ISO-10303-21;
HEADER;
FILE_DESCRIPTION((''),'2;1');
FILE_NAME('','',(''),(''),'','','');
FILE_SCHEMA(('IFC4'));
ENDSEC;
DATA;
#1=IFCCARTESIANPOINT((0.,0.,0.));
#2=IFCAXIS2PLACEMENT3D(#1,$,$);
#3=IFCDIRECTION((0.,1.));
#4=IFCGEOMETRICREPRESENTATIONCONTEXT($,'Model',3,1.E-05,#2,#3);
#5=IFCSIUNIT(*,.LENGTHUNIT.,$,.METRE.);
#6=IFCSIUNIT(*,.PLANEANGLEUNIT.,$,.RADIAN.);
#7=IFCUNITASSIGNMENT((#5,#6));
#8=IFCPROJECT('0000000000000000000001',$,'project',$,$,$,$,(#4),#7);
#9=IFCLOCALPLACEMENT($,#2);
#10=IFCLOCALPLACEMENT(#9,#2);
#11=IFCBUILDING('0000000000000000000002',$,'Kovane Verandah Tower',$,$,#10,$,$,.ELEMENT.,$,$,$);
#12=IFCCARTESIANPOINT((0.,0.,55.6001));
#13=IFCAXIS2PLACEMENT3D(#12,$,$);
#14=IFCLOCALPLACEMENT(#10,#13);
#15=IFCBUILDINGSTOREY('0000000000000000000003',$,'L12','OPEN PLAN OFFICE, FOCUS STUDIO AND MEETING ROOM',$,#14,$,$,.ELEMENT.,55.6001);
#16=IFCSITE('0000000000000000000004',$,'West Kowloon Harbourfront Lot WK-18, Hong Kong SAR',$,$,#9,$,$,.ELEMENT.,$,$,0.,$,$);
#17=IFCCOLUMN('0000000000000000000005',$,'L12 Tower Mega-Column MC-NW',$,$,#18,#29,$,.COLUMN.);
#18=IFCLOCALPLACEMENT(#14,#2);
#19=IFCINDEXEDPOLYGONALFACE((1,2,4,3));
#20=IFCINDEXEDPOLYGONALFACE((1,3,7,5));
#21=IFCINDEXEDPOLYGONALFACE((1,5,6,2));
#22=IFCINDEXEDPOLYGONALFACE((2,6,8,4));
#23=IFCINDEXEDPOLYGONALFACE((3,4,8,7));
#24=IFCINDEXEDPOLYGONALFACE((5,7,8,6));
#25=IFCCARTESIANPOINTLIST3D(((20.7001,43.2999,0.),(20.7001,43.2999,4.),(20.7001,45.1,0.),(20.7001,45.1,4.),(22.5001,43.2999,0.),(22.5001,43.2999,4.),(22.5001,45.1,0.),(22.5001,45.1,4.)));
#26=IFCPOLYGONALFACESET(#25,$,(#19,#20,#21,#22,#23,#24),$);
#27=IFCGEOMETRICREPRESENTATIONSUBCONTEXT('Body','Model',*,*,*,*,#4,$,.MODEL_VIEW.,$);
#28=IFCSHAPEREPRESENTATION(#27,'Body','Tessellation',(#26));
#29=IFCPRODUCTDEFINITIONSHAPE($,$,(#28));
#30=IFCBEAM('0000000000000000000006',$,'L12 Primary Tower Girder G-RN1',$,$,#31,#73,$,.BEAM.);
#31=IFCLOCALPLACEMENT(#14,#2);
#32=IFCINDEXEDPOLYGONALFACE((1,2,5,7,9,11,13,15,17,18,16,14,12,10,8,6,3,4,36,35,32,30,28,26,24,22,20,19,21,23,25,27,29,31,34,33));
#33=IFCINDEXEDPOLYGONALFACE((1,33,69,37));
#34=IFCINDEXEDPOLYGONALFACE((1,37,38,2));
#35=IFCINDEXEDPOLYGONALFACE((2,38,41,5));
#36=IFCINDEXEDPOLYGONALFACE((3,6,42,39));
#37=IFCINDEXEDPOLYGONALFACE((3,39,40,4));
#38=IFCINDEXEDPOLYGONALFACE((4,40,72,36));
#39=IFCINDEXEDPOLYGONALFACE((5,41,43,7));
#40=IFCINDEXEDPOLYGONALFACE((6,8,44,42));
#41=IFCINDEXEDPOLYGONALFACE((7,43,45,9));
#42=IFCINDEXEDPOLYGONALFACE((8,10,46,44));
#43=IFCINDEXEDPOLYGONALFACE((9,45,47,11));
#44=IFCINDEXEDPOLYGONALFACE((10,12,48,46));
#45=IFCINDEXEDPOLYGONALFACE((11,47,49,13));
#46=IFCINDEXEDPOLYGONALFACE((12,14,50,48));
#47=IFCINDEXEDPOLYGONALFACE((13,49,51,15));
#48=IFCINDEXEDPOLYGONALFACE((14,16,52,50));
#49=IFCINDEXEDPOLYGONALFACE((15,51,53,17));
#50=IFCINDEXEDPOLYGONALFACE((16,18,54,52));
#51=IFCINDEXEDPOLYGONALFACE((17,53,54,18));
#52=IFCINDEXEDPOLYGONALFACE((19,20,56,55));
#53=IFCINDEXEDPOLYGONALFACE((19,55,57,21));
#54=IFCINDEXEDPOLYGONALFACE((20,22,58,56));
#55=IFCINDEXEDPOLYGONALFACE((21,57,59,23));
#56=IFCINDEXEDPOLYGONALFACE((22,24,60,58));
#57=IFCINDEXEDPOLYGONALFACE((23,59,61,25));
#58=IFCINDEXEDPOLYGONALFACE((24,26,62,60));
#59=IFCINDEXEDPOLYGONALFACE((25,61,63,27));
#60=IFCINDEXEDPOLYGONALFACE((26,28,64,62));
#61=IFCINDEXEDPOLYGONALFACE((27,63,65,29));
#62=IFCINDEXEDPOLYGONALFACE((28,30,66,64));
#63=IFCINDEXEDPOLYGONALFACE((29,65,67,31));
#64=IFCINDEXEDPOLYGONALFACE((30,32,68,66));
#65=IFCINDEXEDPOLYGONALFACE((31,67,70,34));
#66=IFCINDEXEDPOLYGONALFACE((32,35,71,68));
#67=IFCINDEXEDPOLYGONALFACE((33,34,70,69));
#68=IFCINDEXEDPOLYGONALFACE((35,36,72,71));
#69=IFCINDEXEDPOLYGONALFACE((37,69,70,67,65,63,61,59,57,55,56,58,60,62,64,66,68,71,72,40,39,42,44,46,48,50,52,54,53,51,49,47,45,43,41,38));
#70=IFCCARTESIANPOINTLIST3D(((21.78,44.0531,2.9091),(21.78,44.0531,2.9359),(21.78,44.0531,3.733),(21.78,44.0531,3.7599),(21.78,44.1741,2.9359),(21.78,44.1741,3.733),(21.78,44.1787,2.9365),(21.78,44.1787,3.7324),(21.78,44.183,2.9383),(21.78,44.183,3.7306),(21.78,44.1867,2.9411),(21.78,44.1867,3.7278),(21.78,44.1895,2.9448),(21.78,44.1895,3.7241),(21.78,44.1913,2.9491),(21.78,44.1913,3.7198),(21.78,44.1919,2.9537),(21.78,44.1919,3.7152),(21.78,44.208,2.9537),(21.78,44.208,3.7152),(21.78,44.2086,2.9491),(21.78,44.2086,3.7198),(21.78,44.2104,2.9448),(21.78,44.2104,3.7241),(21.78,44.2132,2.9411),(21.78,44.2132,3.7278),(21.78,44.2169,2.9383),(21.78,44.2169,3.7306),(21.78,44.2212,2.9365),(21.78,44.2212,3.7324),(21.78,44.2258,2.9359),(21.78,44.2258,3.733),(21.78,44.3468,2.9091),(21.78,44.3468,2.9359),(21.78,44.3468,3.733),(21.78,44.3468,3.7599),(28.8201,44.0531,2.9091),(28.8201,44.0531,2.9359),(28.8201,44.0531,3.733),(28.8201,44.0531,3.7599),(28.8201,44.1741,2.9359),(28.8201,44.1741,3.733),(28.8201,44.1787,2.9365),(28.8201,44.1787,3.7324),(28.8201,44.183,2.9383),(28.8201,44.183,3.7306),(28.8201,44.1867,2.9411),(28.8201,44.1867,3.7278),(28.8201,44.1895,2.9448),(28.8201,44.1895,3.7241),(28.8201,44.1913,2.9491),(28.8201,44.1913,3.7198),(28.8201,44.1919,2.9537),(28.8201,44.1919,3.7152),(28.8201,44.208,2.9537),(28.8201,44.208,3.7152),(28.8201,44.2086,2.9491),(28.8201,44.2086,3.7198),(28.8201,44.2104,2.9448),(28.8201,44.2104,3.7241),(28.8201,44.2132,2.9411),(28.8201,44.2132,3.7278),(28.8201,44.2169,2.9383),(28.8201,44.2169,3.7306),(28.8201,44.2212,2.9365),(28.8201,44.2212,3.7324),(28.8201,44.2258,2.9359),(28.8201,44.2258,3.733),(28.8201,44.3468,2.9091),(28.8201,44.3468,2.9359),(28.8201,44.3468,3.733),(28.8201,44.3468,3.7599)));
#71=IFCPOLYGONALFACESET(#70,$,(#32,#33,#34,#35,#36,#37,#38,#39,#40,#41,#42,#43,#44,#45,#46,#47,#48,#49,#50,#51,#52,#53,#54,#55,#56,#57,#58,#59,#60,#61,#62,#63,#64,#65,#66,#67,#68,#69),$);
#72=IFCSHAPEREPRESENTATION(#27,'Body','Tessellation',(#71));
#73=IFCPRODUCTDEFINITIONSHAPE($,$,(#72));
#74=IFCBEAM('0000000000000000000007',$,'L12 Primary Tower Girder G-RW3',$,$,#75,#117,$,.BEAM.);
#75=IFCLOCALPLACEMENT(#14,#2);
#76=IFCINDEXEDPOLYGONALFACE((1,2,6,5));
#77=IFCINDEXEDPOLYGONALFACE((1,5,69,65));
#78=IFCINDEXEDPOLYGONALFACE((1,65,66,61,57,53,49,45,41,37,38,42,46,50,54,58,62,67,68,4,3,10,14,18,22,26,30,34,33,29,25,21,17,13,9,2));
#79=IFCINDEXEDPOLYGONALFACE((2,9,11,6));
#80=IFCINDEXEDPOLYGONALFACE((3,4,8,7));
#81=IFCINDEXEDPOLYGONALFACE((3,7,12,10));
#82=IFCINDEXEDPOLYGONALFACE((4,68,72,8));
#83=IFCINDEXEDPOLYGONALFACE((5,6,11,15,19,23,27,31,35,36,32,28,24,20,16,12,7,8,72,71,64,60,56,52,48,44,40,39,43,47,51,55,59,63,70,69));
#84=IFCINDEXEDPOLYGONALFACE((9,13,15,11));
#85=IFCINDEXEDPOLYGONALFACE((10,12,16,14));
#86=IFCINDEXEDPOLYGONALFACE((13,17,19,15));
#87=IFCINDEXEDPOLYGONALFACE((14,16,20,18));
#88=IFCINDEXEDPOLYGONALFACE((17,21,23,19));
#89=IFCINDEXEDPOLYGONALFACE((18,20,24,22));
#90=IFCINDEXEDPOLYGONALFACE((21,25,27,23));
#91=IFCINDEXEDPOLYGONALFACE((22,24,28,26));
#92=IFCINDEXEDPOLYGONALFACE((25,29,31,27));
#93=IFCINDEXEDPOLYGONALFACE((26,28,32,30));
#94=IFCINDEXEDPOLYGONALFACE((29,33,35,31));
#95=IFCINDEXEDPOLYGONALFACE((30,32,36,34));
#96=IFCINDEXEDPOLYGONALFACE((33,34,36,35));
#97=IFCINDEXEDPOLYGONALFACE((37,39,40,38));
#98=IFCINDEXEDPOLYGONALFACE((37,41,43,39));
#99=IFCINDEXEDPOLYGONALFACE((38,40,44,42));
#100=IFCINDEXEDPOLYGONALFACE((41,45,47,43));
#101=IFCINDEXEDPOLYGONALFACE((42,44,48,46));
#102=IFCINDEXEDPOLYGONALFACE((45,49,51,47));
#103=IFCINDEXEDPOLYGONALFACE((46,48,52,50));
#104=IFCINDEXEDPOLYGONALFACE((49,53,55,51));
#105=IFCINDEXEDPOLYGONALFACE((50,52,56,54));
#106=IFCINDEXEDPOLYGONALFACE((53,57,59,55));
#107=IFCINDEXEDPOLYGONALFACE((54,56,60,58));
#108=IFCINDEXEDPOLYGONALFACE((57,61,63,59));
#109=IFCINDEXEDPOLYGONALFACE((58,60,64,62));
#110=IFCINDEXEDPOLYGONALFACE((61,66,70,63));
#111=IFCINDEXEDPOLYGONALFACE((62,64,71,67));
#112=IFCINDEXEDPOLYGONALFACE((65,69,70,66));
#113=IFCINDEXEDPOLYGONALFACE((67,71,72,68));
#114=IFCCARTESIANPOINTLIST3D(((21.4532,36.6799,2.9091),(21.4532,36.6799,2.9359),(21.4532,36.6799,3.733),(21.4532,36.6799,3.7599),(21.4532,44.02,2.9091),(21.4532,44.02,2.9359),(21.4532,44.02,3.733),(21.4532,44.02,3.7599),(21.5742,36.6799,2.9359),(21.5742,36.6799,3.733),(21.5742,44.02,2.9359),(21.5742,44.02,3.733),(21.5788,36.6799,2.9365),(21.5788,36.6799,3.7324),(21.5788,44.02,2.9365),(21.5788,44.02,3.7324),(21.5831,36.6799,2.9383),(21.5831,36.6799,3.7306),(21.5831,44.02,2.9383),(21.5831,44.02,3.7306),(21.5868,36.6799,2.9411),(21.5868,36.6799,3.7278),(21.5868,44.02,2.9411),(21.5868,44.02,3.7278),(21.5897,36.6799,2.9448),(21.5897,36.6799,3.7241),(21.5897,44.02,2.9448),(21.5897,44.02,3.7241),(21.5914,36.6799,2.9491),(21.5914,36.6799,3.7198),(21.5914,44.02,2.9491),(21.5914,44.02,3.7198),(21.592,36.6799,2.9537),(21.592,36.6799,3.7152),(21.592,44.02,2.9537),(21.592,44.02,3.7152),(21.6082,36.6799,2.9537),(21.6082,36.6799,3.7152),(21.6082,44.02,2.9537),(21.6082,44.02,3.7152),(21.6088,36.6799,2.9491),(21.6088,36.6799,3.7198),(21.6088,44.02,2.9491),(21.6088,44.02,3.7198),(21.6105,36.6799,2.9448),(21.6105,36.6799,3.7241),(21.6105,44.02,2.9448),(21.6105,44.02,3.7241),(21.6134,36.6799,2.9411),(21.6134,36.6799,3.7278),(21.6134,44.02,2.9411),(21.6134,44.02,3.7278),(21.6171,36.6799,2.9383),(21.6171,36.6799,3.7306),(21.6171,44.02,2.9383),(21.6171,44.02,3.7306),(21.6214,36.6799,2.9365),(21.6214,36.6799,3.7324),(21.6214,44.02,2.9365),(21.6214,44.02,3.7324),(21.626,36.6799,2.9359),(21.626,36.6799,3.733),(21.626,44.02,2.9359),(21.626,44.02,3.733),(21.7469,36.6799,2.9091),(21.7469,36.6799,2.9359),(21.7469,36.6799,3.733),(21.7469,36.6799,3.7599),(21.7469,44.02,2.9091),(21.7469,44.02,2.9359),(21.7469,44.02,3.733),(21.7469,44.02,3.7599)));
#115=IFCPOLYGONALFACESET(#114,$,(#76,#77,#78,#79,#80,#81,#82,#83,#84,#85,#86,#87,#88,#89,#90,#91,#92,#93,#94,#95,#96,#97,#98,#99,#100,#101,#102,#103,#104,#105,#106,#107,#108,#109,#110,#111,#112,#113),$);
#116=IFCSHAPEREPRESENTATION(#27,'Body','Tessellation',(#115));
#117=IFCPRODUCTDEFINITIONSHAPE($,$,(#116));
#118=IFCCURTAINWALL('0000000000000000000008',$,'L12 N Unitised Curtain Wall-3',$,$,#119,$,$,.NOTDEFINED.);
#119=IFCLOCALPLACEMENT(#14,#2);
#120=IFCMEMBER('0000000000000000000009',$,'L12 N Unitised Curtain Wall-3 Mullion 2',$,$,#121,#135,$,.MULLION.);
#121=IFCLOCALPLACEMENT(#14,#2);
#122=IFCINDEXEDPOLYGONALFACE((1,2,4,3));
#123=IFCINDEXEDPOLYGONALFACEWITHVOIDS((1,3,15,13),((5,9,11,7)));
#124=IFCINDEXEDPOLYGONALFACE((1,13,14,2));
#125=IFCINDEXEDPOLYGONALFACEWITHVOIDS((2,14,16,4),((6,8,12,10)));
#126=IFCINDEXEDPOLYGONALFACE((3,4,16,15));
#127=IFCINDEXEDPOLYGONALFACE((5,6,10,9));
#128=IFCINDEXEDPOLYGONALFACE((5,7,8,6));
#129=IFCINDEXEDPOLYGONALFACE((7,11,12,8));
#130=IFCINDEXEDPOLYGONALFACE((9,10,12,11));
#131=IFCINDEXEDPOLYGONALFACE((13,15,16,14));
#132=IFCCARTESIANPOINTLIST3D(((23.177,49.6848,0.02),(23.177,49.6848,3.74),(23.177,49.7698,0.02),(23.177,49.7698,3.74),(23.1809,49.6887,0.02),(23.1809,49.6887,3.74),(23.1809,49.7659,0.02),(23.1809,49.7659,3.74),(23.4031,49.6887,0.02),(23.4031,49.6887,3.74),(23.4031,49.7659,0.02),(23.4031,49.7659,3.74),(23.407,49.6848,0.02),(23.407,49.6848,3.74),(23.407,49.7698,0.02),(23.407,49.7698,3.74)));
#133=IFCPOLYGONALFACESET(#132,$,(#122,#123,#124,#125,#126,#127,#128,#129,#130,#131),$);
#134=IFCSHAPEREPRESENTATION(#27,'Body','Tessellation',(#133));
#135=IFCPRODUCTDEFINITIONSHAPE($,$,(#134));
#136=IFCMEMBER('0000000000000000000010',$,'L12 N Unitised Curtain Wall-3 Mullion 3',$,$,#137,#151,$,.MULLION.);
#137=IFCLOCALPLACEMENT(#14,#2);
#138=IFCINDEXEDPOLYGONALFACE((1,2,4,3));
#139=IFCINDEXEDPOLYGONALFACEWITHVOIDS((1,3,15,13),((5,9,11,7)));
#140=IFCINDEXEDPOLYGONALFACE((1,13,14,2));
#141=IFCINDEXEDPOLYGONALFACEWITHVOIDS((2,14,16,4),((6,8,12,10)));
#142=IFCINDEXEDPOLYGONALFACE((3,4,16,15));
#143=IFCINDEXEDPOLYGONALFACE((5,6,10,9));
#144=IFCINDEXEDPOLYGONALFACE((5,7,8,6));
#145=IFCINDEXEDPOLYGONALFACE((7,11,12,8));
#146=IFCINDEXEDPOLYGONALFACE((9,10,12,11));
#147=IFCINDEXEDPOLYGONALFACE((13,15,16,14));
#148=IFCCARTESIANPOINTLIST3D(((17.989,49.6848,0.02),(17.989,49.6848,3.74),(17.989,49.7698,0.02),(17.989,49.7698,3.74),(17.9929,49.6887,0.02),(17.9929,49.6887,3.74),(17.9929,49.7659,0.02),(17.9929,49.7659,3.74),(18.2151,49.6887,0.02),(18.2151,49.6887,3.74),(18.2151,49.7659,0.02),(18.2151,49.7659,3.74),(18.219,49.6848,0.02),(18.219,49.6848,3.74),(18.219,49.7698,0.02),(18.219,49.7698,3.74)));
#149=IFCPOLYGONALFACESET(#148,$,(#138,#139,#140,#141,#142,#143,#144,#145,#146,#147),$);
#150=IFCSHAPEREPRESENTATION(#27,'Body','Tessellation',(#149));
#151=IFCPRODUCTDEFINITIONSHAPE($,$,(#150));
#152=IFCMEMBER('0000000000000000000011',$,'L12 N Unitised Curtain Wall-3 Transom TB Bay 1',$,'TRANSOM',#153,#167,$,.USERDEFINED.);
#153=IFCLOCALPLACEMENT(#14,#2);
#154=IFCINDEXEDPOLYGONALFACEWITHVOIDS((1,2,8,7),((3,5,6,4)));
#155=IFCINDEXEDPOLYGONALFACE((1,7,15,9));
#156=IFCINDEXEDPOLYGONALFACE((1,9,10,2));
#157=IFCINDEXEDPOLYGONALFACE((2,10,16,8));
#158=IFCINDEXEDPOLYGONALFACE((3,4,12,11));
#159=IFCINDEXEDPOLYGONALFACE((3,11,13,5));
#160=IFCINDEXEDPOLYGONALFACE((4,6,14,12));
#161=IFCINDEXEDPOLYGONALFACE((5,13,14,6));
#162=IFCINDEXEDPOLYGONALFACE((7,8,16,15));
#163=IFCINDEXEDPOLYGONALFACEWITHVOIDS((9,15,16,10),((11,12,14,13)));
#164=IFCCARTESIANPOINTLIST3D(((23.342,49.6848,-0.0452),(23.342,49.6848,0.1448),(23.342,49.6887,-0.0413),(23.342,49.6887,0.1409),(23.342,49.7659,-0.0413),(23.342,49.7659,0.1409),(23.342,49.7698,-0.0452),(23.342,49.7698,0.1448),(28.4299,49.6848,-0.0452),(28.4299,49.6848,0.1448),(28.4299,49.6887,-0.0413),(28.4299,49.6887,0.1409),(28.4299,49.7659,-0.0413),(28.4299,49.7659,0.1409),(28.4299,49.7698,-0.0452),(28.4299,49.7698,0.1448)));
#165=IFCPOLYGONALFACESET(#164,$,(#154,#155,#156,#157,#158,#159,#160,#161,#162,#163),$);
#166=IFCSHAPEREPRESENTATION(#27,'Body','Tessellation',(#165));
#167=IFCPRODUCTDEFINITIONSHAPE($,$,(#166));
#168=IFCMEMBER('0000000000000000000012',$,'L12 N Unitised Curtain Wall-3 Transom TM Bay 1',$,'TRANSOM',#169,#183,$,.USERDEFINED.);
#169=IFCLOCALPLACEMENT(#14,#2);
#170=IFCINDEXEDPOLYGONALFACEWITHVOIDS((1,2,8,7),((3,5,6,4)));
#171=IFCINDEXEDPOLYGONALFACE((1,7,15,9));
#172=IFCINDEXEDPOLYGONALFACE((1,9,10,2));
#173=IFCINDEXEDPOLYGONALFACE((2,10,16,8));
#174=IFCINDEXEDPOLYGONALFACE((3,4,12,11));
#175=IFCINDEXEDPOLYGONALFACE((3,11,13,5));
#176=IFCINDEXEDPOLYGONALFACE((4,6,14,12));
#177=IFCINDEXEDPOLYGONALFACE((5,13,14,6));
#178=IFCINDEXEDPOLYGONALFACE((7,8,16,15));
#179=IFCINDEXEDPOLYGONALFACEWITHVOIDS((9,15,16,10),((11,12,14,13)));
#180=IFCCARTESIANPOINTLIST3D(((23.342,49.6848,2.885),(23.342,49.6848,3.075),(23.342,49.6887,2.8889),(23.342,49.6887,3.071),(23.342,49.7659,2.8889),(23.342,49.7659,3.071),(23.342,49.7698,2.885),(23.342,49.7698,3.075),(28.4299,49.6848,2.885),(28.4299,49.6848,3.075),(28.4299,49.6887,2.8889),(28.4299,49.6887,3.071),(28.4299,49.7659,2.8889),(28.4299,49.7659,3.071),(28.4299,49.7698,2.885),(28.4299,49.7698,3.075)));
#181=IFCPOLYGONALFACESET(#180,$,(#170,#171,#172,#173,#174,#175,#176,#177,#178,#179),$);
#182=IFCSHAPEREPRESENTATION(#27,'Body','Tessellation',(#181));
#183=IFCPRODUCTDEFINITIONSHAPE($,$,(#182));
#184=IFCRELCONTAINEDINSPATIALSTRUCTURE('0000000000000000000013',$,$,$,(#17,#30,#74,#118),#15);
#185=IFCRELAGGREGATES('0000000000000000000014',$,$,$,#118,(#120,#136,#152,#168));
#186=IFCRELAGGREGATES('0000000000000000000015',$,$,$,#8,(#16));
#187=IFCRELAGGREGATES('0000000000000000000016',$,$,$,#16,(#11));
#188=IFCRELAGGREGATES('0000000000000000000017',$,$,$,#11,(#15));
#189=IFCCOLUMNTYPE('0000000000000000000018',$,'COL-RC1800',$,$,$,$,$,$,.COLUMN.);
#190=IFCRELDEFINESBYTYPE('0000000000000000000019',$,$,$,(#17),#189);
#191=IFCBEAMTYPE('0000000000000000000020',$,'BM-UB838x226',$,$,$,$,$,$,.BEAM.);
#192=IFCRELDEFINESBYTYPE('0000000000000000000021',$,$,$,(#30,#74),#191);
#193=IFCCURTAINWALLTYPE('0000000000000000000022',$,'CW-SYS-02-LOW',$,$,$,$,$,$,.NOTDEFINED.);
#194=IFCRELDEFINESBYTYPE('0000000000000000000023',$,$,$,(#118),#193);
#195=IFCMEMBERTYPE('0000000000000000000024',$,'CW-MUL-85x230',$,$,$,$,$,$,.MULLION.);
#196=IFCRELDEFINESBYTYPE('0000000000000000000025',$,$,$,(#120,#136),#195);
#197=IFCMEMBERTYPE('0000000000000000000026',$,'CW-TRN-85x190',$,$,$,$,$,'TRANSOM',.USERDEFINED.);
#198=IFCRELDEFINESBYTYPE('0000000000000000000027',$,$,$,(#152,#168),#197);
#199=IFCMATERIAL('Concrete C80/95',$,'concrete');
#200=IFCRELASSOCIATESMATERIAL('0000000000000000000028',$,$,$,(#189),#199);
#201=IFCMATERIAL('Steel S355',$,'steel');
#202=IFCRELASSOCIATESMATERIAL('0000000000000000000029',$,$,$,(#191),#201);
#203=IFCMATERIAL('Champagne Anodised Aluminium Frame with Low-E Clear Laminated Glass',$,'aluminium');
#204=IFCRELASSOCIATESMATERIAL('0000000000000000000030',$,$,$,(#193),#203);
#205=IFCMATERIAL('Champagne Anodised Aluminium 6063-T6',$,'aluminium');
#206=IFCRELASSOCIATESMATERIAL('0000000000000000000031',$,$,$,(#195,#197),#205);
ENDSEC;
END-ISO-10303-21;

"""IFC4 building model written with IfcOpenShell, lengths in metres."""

from ifc_helpers import new_model, si_unit, direction, frame, origin, origin_2d, place, context, subcontext, project, spatial, rectangle, hollow_rectangle, i_section, extrude, material, material_profile, profile_set, type_object, element, aggregate, save


model = new_model("IFC4")

# Units and contexts
model_context = context("Model", 3, precision=1e-05, world=origin(), true_north=direction((0.0, 1.0)))
body_context = subcontext(model_context, "Body", "Model", "MODEL_VIEW")
ifc_project = project(units=[si_unit("LENGTHUNIT", "METRE"), si_unit("PLANEANGLEUNIT", "RADIAN")], contexts=[model_context])

# Site, building, storey
site_placement = place(None, origin())
site = spatial("IfcSite", under=ifc_project, at=site_placement, Name="West Kowloon Harbourfront Lot WK-18, Hong Kong SAR", CompositionType="ELEMENT", RefElevation=0.0)
building_placement = place(site_placement, origin())
building = spatial("IfcBuilding", under=site, at=building_placement, Name="Kovane Verandah Tower", CompositionType="ELEMENT")
storey_placement = place(building_placement, frame((0.0, 0.0, 55.6001)))
storey = spatial("IfcBuildingStorey", under=building, at=storey_placement, Name="L12", Description="OPEN PLAN OFFICE, FOCUS STUDIO AND MEETING ROOM", CompositionType="ELEMENT", Elevation=55.6001)

# Column
ifc_material_1 = material(Name="Concrete C80/95", Category="concrete")
ifc_material_profile_1 = material_profile(ifc_material_1, rectangle(XDim=1.8, YDim=1.8, at=origin_2d()), Name="RC1800x1800")
ifc_profile_set_1 = profile_set([ifc_material_profile_1], Name="Concrete C80/95")
column_type = type_object("IfcColumnType", Name="COL-RC1800", PredefinedType="COLUMN", material=ifc_profile_set_1)
column_placement = place(storey_placement, frame((21.6001, 44.2, 0.0), z_axis=(0.0, 0.0, 1.0), x_axis=(1.0, 0.0, 0.0)))
element("IfcColumn", 1, at=column_placement, inside=storey, type_object=column_type, Name="L12 Tower Mega-Column MC-NW", PredefinedType="COLUMN", context=body_context, shape_type="SweptSolid", body=[
    extrude(rectangle(XDim=1.8, YDim=1.8, at=origin_2d()), origin(), (0.0, 0.0, 1.0), 4.0),
])

# Beams
ifc_material_2 = material(Name="Steel S355", Category="steel")
ifc_material_profile_2 = material_profile(ifc_material_2, i_section(OverallWidth=0.2937, OverallDepth=0.8508, WebThickness=0.0161, FlangeThickness=0.0269, FilletRadius=0.0178, at=origin_2d()), Name="UB838x292x226")
ifc_profile_set_2 = profile_set([ifc_material_profile_2], Name="Steel S355")
beam_type_1 = type_object("IfcBeamType", Name="BM-UB838x226", PredefinedType="BEAM", material=ifc_profile_set_2)
beam_1_placement = place(storey_placement, frame((21.78, 44.2, 3.3345), z_axis=(1.0, 0.0, 0.0), x_axis=(0.0, 1.0, 0.0)))
element("IfcBeam", 2, at=beam_1_placement, inside=storey, type_object=beam_type_1, Name="L12 Primary Tower Girder G-RN1", PredefinedType="BEAM", context=body_context, shape_type="SweptSolid", body=[
    extrude(i_section(OverallWidth=0.2937, OverallDepth=0.8508, WebThickness=0.0161, FlangeThickness=0.0269, FilletRadius=0.0178, at=origin_2d()), origin(), (0.0, 0.0, 1.0), 7.04),
])
beam_2_placement = place(storey_placement, frame((21.6001, 36.6799, 3.3345), z_axis=(0.0, 1.0, 0.0), x_axis=(-1.0, 0.0, 0.0)))
element("IfcBeam", 3, at=beam_2_placement, inside=storey, type_object=beam_type_1, Name="L12 Primary Tower Girder G-RW3", PredefinedType="BEAM", context=body_context, shape_type="SweptSolid", body=[
    extrude(i_section(OverallWidth=0.2937, OverallDepth=0.8508, WebThickness=0.0161, FlangeThickness=0.0269, FilletRadius=0.0178, at=origin_2d()), origin(), (0.0, 0.0, 1.0), 7.3401),
])

# Curtain wall, members
ifc_material_3 = material(Name="Champagne Anodised Aluminium Frame with Low-E Clear Laminated Glass", Category="aluminium")
curtain_wall_type = type_object("IfcCurtainWallType", Name="CW-SYS-02-LOW", PredefinedType="NOTDEFINED", material=ifc_material_3)
curtain_wall_placement = place(storey_placement, origin())
curtain_wall = element("IfcCurtainWall", 4, at=curtain_wall_placement, inside=storey, type_object=curtain_wall_type, Name="L12 N Unitised Curtain Wall-3", PredefinedType="NOTDEFINED")
ifc_material_4 = material(Name="Champagne Anodised Aluminium 6063-T6", Category="aluminium")
ifc_material_profile_3 = material_profile(ifc_material_4, hollow_rectangle(XDim=0.085, YDim=0.23, WallThickness=0.0039, at=origin_2d()), Name="AL85x230x4")
ifc_profile_set_3 = profile_set([ifc_material_profile_3], Name="Champagne Anodised Aluminium 6063-T6")
member_type_1 = type_object("IfcMemberType", Name="CW-MUL-85x230", PredefinedType="MULLION", material=ifc_profile_set_3)
member_1_placement = place(storey_placement, frame((23.292, 49.7273, 0.02), z_axis=(0.0, 0.0, 1.0), x_axis=(0.0, 1.0, 0.0)))
member_1 = element("IfcMember", 5, at=member_1_placement, type_object=member_type_1, Name="L12 N Unitised Curtain Wall-3 Mullion 2", PredefinedType="MULLION", context=body_context, shape_type="SweptSolid", body=[
    extrude(hollow_rectangle(XDim=0.085, YDim=0.23, WallThickness=0.0039, at=origin_2d()), origin(), (0.0, 0.0, 1.0), 3.72),
])
member_2_placement = place(storey_placement, frame((18.104, 49.7273, 0.02), z_axis=(0.0, 0.0, 1.0), x_axis=(0.0, 1.0, 0.0)))
member_2 = element("IfcMember", 6, at=member_2_placement, type_object=member_type_1, Name="L12 N Unitised Curtain Wall-3 Mullion 3", PredefinedType="MULLION", context=body_context, shape_type="SweptSolid", body=[
    extrude(hollow_rectangle(XDim=0.085, YDim=0.23, WallThickness=0.0039, at=origin_2d()), origin(), (0.0, 0.0, 1.0), 3.72),
])
ifc_material_profile_4 = material_profile(ifc_material_4, hollow_rectangle(XDim=0.085, YDim=0.1899, WallThickness=0.0039, at=origin_2d()), Name="AL85x190x4")
ifc_profile_set_4 = profile_set([ifc_material_profile_4], Name="Champagne Anodised Aluminium 6063-T6")
member_type_2 = type_object("IfcMemberType", Name="CW-TRN-85x190", ElementType="TRANSOM", PredefinedType="USERDEFINED", material=ifc_profile_set_4)
member_3_placement = place(storey_placement, frame((28.4299, 49.7273, 0.0498), z_axis=(-1.0, 0.0, 0.0), x_axis=(0.0, -1.0, 0.0)))
member_3 = element("IfcMember", 7, at=member_3_placement, type_object=member_type_2, Name="L12 N Unitised Curtain Wall-3 Transom TB Bay 1", ObjectType="TRANSOM", PredefinedType="USERDEFINED", context=body_context, shape_type="SweptSolid", body=[
    extrude(hollow_rectangle(XDim=0.085, YDim=0.1899, WallThickness=0.0039, at=origin_2d()), origin(), (0.0, 0.0, 1.0), 5.0879),
])
member_4_placement = place(storey_placement, frame((28.4299, 49.7273, 2.98), z_axis=(-1.0, 0.0, 0.0), x_axis=(0.0, -1.0, 0.0)))
member_4 = element("IfcMember", 8, at=member_4_placement, type_object=member_type_2, Name="L12 N Unitised Curtain Wall-3 Transom TM Bay 1", ObjectType="TRANSOM", PredefinedType="USERDEFINED", context=body_context, shape_type="SweptSolid", body=[
    extrude(hollow_rectangle(XDim=0.085, YDim=0.1899, WallThickness=0.0039, at=origin_2d()), origin(), (0.0, 0.0, 1.0), 5.0879),
])

aggregate(curtain_wall, [member_1, member_2, member_3, member_4])

save(model, "model.ifc")
